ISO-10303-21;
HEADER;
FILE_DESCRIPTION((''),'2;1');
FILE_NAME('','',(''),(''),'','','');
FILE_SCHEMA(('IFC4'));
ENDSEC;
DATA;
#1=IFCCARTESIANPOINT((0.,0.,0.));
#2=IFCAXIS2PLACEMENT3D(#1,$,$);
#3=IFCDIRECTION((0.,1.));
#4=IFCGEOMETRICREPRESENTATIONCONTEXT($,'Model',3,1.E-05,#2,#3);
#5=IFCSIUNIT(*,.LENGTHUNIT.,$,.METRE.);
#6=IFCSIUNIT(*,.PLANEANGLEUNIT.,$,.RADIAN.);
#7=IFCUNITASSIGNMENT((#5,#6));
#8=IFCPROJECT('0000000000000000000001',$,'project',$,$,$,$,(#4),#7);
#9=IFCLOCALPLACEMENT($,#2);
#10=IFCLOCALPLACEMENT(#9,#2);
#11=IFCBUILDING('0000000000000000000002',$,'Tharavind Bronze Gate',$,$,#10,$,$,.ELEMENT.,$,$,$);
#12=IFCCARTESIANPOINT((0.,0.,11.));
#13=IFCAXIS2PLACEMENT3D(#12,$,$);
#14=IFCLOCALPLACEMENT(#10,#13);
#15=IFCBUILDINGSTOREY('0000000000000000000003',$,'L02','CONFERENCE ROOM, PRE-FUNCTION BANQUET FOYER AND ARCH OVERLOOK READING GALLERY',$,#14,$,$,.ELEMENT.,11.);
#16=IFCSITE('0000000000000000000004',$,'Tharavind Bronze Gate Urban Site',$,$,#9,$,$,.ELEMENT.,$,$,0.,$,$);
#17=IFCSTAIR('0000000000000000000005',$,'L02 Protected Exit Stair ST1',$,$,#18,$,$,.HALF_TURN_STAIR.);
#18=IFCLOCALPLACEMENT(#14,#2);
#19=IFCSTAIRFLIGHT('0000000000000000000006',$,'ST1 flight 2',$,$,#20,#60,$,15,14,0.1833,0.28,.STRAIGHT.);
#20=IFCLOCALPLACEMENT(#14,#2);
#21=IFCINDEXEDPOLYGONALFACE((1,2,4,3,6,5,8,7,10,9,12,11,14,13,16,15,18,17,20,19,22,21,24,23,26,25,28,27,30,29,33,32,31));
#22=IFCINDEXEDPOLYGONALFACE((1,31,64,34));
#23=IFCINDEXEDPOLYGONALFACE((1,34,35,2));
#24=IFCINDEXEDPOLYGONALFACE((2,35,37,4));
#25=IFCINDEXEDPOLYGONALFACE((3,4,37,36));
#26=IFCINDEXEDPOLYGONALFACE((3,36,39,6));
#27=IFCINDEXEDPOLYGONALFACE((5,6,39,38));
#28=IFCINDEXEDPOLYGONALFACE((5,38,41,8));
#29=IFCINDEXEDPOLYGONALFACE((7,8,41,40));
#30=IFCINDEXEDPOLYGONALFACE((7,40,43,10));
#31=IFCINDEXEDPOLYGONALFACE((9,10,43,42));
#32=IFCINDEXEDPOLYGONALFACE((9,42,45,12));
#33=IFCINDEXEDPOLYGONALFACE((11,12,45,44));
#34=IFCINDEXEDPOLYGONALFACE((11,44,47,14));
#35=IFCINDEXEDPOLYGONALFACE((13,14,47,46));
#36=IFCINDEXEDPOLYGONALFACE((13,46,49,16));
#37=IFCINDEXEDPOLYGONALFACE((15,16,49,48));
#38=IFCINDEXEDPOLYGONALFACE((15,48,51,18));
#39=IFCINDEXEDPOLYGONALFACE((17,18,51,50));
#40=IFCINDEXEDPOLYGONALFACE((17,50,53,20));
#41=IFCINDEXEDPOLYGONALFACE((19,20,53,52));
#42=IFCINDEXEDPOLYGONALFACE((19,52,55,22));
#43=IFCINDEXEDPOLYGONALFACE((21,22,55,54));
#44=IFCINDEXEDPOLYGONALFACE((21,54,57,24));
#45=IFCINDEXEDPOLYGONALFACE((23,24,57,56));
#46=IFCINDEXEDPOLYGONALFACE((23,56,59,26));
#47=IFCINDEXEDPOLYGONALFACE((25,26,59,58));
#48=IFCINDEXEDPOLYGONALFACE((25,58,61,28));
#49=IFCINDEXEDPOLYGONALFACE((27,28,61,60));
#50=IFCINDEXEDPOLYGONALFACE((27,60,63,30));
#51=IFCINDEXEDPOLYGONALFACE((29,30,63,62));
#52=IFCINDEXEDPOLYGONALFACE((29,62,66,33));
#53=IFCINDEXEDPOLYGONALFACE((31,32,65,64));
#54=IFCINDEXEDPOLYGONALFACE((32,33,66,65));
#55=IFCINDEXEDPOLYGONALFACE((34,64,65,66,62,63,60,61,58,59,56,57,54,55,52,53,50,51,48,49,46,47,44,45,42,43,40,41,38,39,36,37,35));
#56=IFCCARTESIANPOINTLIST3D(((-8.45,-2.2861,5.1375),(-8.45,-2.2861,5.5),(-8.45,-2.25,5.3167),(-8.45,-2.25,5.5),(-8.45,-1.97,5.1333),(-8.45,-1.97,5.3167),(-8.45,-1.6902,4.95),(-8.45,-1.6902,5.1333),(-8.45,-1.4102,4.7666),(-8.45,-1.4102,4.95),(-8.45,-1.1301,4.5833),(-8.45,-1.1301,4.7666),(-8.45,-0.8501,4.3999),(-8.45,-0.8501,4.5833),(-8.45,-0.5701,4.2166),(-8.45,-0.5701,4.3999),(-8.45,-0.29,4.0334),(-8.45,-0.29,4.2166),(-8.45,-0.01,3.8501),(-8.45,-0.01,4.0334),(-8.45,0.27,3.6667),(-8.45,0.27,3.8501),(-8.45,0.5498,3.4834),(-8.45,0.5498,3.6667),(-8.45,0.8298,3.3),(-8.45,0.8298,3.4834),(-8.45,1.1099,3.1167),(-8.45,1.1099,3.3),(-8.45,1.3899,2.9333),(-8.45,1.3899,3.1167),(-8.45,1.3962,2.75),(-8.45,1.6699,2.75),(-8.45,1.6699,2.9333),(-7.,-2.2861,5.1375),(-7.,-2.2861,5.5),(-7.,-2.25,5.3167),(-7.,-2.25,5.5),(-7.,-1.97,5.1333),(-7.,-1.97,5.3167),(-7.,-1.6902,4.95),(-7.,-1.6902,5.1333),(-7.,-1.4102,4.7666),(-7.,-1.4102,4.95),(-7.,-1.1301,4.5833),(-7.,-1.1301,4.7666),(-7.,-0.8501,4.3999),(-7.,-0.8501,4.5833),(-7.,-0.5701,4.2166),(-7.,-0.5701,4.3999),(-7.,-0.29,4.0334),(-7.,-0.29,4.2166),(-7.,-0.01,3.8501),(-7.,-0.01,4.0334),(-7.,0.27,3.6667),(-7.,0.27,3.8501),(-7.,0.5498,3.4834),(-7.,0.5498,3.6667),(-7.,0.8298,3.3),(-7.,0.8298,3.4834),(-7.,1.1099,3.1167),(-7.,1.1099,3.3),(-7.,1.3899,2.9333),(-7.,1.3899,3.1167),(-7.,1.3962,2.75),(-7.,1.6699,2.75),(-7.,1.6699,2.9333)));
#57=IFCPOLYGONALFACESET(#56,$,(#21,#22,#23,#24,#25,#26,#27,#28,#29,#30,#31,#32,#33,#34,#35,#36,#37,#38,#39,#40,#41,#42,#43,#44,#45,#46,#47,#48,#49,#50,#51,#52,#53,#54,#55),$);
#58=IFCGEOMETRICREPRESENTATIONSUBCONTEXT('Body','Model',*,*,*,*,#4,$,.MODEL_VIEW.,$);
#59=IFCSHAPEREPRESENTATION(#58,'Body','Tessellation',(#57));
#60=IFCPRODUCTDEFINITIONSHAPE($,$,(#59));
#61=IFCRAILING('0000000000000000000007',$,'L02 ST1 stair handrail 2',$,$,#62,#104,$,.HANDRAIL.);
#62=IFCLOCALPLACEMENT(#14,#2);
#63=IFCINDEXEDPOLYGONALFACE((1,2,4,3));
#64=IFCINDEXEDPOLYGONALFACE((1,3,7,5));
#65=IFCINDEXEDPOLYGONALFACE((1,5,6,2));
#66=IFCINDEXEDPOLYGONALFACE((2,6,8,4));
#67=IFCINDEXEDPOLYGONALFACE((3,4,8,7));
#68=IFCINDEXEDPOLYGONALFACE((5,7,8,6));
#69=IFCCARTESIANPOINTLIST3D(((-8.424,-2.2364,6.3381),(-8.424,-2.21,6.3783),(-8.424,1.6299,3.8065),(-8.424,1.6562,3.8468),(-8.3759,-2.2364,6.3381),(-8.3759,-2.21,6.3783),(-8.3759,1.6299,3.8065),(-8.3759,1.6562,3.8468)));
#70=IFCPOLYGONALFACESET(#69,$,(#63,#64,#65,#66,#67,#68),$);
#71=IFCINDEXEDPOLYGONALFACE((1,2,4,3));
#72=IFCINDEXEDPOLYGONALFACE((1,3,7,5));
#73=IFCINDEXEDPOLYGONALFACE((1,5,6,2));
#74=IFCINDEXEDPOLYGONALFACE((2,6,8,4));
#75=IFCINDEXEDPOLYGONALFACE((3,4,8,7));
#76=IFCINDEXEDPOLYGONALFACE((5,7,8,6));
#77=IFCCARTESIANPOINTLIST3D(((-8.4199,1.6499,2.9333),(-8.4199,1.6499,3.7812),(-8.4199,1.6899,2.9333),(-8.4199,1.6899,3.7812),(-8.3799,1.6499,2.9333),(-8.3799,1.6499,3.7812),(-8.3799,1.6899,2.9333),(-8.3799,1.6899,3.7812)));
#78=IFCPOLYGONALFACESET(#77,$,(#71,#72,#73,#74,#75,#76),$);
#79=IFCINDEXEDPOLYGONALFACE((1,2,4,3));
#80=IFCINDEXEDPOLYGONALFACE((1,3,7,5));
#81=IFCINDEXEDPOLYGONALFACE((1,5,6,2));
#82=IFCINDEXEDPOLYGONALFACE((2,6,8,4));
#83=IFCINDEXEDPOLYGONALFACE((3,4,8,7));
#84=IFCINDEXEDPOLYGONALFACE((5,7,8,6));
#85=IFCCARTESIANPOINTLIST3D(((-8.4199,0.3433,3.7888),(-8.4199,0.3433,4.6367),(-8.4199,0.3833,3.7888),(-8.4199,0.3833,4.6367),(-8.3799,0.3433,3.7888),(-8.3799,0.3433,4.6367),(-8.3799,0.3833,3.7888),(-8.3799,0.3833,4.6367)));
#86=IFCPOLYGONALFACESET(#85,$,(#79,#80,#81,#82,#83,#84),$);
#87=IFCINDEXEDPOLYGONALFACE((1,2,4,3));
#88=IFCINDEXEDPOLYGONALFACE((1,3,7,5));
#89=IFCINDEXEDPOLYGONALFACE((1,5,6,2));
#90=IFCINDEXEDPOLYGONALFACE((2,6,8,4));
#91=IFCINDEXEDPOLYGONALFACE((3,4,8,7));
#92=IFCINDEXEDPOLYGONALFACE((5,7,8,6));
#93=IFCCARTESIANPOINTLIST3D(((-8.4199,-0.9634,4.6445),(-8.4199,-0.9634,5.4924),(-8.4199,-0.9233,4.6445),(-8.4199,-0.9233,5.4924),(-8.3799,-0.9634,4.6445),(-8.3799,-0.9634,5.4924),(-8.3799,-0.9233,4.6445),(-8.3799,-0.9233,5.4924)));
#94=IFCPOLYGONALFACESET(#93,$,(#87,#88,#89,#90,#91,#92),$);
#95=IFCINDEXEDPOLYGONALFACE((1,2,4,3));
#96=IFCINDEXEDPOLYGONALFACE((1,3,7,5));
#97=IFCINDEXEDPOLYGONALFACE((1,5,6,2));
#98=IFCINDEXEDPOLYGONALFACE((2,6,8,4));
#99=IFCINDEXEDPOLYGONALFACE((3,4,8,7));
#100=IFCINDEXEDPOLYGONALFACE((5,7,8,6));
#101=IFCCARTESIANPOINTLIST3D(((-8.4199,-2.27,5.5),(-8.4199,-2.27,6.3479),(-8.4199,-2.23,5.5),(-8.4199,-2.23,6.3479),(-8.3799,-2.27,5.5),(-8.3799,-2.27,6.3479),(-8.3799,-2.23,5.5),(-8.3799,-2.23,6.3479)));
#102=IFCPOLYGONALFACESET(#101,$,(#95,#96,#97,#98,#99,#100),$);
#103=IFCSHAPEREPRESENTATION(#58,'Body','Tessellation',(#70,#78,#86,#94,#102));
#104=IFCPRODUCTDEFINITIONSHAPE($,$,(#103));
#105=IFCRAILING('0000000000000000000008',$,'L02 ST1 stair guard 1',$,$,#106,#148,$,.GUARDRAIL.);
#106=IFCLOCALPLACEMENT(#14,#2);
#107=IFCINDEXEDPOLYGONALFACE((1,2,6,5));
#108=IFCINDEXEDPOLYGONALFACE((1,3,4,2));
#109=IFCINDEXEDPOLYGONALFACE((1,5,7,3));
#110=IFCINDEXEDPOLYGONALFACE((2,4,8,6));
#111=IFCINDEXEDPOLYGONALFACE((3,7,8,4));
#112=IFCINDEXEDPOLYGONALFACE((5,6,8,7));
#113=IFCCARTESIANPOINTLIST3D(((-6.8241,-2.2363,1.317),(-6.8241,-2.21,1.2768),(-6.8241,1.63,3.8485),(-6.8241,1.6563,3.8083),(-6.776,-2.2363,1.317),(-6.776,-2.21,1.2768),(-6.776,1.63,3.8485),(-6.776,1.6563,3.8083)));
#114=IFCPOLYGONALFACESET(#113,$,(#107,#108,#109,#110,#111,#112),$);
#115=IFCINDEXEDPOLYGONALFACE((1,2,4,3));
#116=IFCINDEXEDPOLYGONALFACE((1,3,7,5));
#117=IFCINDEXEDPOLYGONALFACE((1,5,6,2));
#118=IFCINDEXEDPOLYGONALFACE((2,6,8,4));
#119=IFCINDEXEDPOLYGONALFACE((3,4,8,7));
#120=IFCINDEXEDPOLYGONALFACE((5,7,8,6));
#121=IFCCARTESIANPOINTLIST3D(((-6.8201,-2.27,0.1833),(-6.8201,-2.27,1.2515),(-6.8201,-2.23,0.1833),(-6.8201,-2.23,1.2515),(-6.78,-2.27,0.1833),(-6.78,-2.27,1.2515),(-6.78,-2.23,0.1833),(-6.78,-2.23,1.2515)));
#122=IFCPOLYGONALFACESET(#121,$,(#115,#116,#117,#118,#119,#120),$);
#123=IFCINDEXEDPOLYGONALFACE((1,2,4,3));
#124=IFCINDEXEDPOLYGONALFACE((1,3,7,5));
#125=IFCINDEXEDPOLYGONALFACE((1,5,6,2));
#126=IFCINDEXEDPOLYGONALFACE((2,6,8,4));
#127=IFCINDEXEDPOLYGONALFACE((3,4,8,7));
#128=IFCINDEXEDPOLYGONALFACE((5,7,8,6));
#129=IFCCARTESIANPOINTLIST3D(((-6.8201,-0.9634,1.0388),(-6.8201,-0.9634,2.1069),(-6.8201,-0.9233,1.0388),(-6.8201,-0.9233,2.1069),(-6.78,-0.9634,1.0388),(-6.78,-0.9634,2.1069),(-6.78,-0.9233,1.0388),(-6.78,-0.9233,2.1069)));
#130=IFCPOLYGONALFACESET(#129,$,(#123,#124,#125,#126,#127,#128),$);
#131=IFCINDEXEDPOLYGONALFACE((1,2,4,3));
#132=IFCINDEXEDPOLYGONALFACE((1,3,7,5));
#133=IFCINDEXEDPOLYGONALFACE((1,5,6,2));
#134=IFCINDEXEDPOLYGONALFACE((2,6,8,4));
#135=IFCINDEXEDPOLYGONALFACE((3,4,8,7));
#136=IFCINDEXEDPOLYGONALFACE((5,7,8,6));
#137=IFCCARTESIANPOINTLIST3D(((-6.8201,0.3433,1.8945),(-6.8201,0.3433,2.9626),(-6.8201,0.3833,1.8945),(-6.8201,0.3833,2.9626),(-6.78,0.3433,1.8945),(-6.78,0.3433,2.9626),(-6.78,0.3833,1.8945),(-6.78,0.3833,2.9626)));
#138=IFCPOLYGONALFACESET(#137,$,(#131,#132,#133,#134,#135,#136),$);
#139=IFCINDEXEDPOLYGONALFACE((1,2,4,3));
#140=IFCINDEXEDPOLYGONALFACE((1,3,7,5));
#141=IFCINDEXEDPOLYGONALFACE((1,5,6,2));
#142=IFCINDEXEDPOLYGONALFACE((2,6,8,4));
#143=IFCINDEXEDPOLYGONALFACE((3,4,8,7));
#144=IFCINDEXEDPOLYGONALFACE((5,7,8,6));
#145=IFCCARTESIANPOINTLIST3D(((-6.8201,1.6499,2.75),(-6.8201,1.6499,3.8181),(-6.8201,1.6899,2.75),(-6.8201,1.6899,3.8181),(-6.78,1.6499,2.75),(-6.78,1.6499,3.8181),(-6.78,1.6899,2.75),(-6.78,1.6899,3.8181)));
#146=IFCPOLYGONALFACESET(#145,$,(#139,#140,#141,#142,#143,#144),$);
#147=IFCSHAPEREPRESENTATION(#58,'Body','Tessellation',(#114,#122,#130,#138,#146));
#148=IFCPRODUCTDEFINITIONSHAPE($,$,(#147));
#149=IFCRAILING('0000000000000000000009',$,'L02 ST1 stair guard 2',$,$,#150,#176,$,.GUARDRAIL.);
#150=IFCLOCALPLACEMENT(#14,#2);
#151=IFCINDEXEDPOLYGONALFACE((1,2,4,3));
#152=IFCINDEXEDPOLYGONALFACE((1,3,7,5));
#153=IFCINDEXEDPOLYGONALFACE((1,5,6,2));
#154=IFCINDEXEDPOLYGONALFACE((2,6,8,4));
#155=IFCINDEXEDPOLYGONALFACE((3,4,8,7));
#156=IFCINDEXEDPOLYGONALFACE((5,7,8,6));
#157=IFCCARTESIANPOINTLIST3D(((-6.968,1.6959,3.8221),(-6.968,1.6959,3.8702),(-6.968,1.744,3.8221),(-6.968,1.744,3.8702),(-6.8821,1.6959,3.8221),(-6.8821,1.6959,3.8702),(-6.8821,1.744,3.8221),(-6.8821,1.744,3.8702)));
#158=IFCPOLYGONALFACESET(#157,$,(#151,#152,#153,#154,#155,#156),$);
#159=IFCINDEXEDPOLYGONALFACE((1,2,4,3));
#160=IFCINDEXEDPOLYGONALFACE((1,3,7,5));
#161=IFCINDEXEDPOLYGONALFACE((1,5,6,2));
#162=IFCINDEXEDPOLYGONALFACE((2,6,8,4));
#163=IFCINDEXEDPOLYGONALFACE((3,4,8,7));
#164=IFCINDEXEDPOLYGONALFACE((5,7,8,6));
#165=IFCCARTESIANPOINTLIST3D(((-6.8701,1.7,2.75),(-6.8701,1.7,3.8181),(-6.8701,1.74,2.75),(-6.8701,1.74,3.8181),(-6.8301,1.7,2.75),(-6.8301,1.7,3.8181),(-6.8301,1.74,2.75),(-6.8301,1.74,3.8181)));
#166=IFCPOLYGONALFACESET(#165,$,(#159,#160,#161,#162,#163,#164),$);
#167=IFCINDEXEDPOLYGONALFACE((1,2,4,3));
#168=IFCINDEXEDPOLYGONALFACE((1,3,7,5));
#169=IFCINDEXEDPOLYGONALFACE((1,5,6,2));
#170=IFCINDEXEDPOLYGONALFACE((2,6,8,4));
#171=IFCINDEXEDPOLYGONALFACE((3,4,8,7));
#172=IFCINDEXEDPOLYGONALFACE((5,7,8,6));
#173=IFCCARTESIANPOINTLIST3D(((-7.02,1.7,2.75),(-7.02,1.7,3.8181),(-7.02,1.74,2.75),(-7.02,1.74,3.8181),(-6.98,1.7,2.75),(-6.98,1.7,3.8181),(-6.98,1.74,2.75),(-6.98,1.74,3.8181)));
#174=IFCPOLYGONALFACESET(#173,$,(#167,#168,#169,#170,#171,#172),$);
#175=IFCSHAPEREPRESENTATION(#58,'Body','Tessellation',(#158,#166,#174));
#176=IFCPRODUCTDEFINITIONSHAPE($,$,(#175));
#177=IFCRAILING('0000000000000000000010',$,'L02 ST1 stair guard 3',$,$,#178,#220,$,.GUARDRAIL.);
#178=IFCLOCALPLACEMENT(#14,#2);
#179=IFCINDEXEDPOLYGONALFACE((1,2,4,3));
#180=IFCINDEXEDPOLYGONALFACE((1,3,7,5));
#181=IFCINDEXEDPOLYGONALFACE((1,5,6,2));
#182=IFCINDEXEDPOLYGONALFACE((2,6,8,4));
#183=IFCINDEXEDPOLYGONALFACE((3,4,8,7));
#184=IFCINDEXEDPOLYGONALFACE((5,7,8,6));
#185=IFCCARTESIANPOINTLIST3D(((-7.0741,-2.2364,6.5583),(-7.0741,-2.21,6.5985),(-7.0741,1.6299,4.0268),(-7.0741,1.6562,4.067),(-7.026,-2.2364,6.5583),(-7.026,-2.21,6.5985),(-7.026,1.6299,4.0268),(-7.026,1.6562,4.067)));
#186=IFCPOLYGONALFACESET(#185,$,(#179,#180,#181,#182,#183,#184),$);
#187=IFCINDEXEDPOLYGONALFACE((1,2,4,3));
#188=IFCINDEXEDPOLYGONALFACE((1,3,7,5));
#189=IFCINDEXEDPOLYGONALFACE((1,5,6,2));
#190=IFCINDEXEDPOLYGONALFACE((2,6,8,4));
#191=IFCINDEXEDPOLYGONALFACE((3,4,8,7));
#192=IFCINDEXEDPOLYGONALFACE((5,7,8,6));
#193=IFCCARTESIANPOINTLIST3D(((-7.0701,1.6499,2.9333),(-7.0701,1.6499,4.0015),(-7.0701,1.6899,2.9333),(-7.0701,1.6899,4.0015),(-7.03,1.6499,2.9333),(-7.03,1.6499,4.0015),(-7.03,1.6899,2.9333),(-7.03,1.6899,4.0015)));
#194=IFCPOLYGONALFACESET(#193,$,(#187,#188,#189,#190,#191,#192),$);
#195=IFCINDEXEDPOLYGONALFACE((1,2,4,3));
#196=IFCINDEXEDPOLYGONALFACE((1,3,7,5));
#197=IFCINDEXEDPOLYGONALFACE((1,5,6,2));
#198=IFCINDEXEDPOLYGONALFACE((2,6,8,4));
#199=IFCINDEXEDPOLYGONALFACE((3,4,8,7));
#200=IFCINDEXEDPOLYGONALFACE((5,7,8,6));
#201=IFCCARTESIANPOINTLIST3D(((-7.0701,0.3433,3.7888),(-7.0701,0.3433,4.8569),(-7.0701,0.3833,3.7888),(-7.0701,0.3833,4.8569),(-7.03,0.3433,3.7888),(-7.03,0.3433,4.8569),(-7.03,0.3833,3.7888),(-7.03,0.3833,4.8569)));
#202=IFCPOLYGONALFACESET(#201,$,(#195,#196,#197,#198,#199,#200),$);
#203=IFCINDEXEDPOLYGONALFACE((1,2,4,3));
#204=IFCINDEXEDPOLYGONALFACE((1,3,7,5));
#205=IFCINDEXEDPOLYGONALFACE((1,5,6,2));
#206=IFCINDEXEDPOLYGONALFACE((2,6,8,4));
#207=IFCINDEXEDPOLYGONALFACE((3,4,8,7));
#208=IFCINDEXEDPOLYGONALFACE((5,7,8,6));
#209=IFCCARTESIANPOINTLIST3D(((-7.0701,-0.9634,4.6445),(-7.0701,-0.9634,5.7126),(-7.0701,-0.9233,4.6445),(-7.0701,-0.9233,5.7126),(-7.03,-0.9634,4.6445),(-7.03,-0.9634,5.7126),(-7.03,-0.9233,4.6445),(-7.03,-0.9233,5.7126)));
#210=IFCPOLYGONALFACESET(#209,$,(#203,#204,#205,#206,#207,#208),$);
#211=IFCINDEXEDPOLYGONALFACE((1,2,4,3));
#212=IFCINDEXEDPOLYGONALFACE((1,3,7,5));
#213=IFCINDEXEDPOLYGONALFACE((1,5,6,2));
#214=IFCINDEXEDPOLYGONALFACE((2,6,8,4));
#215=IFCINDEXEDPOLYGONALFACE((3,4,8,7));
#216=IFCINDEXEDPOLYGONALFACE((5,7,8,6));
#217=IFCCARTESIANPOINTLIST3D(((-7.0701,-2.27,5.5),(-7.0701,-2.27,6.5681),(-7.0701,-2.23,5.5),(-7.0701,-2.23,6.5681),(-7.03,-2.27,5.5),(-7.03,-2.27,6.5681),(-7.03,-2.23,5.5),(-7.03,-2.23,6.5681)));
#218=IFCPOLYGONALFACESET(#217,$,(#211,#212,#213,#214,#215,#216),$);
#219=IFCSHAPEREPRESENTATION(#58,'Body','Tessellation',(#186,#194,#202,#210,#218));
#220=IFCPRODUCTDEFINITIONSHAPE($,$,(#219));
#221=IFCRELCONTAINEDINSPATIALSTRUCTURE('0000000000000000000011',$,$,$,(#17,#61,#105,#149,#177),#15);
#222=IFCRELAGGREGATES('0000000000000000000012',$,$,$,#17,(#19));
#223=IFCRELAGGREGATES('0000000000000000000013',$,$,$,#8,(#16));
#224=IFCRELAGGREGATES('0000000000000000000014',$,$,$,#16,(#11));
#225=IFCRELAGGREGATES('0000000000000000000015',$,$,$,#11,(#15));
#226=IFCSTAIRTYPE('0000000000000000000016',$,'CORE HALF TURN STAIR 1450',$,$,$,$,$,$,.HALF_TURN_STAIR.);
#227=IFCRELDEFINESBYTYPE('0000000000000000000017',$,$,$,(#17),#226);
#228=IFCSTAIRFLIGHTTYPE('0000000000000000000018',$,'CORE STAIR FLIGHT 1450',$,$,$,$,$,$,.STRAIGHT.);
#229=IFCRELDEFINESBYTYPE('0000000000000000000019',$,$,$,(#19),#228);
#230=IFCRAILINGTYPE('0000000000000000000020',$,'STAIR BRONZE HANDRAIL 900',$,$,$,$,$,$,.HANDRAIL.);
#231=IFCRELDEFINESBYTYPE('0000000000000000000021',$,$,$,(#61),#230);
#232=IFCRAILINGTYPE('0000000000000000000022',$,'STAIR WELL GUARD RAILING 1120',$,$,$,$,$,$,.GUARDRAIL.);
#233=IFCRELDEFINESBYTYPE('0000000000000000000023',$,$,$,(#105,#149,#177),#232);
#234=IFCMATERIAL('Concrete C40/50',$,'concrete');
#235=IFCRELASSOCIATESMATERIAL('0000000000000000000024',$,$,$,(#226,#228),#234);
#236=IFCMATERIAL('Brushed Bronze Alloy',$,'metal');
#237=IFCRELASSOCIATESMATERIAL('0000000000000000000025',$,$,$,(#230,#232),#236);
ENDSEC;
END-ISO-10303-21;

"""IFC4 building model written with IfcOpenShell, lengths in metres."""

from ifc_helpers import new_model, si_unit, direction, frame, origin, origin_2d, place, context, subcontext, project, spatial, polyline, rectangle, outline, extrude, material, type_object, element, aggregate, save


model = new_model("IFC4")

# Units and contexts
model_context = context("Model", 3, precision=1e-05, world=origin(), true_north=direction((0.0, 1.0)))
body_context = subcontext(model_context, "Body", "Model", "MODEL_VIEW")
ifc_project = project(units=[si_unit("LENGTHUNIT", "METRE"), si_unit("PLANEANGLEUNIT", "RADIAN")], contexts=[model_context])

# Site, building, storey
site_placement = place(None, origin())
site = spatial("IfcSite", under=ifc_project, at=site_placement, Name="Tharavind Bronze Gate Urban Site", CompositionType="ELEMENT", RefElevation=0.0)
building_placement = place(site_placement, origin())
building = spatial("IfcBuilding", under=site, at=building_placement, Name="Tharavind Bronze Gate", CompositionType="ELEMENT")
storey_placement = place(building_placement, frame((0.0, 0.0, 11.0)))
storey = spatial("IfcBuildingStorey", under=building, at=storey_placement, Name="L02", Description="CONFERENCE ROOM, PRE-FUNCTION BANQUET FOYER AND ARCH OVERLOOK READING GALLERY", CompositionType="ELEMENT", Elevation=11.0)

# Stair, stair flight
ifc_material_1 = material(Name="Concrete C40/50", Category="concrete")
stair_type = type_object("IfcStairType", Name="CORE HALF TURN STAIR 1450", PredefinedType="HALF_TURN_STAIR", material=ifc_material_1)
stair_placement = place(storey_placement, origin())
stair = element("IfcStair", 1, at=stair_placement, inside=storey, type_object=stair_type, Name="L02 Protected Exit Stair ST1", PredefinedType="HALF_TURN_STAIR")
stair_flight_type = type_object("IfcStairFlightType", Name="CORE STAIR FLIGHT 1450", PredefinedType="STRAIGHT", material=ifc_material_1)
stair_flight_placement = place(storey_placement, frame((-7.7251, 1.6699, 2.75), z_axis=(0.0, 0.0, 1.0), x_axis=(0.0, -1.0, 0.0)))
stair_flight = element("IfcStairFlight", 2, at=stair_flight_placement, type_object=stair_flight_type, Name="ST1 flight 2", NumberOfRisers=15, NumberOfTreads=14, PredefinedType="STRAIGHT", RiserHeight=0.1833, TreadLength=0.28, context=body_context, shape_type="SweptSolid", body=[
    extrude(outline(polyline([(0.0, 0.0), (0.0, 0.1833), (0.28, 0.1833), (0.28, 0.3667), (0.5601, 0.3667), (0.5601, 0.55), (0.8401, 0.55), (0.8401, 0.7334), (1.1201, 0.7334), (1.1201, 0.9167), (1.3999, 0.9167), (1.3999, 1.1001), (1.6799, 1.1001), (1.6799, 1.2834), (1.96, 1.2834), (1.96, 1.4666), (2.24, 1.4666), (2.24, 1.6499), (2.52, 1.6499), (2.52, 1.8333), (2.8, 1.8333), (2.8, 2.0166), (3.0801, 2.0166), (3.0801, 2.2), (3.3601, 2.2), (3.3601, 2.3833), (3.6399, 2.3833), (3.6399, 2.5667), (3.9199, 2.5667), (3.9199, 2.75), (3.9561, 2.75), (3.9561, 2.3875), (0.2737, 0.0), (0.0, 0.0)])), frame((0.0, 0.7251, 0.0), z_axis=(0.0, -1.0, 0.0), x_axis=(1.0, 0.0, 0.0)), (0.0, 0.0, 1.0), 1.45),
])
aggregate(stair, [stair_flight])

# Railings
ifc_material_2 = material(Name="Brushed Bronze Alloy", Category="metal")
railing_type_1 = type_object("IfcRailingType", Name="STAIR BRONZE HANDRAIL 900", PredefinedType="HANDRAIL", material=ifc_material_2)
railing_1_placement = place(storey_placement, frame((-8.3999, 1.6699, 2.9333)))
element("IfcRailing", 3, at=railing_1_placement, inside=storey, type_object=railing_type_1, Name="L02 ST1 stair handrail 2", PredefinedType="HANDRAIL", context=body_context, shape_type="SweptSolid", body=[
    extrude(rectangle(XDim=0.0481, YDim=0.0481, at=origin_2d()), frame((0.0, -0.0269, 0.8933), z_axis=(0.0, -0.836615, 0.547791), x_axis=(1.0, 0.0, 0.0)), (0.0, 0.0, 1.0), 4.6213),
    extrude(rectangle(XDim=0.04, YDim=0.04, at=origin_2d()), origin(), (0.0, 0.0, 1.0), 0.8479),
    extrude(rectangle(XDim=0.04, YDim=0.04, at=origin_2d()), frame((0.0, -1.3066, 0.8555)), (0.0, 0.0, 1.0), 0.8479),
    extrude(rectangle(XDim=0.04, YDim=0.04, at=origin_2d()), frame((0.0, -2.6133, 1.7112)), (0.0, 0.0, 1.0), 0.8479),
    extrude(rectangle(XDim=0.04, YDim=0.04, at=origin_2d()), frame((0.0, -3.9199, 2.5667)), (0.0, 0.0, 1.0), 0.8479),
])
railing_type_2 = type_object("IfcRailingType", Name="STAIR WELL GUARD RAILING 1120", PredefinedType="GUARDRAIL", material=ifc_material_2)
railing_2_placement = place(storey_placement, frame((-6.8, -2.25, 0.1833)))
element("IfcRailing", 4, at=railing_2_placement, inside=storey, type_object=railing_type_2, Name="L02 ST1 stair guard 1", PredefinedType="GUARDRAIL", context=body_context, shape_type="SweptSolid", body=[
    extrude(rectangle(XDim=0.0481, YDim=0.0481, at=origin_2d()), frame((0.0, 0.0269, 1.1135), z_axis=(0.0, 0.836615, 0.547791), x_axis=(-1.0, 0.0, 0.0)), (0.0, 0.0, 1.0), 4.6213),
    extrude(rectangle(XDim=0.04, YDim=0.04, at=origin_2d()), origin(), (0.0, 0.0, 1.0), 1.0681),
    extrude(rectangle(XDim=0.04, YDim=0.04, at=origin_2d()), frame((0.0, 1.3066, 0.8555)), (0.0, 0.0, 1.0), 1.0681),
    extrude(rectangle(XDim=0.04, YDim=0.04, at=origin_2d()), frame((0.0, 2.6133, 1.7112)), (0.0, 0.0, 1.0), 1.0681),
    extrude(rectangle(XDim=0.04, YDim=0.04, at=origin_2d()), frame((0.0, 3.9199, 2.5667)), (0.0, 0.0, 1.0), 1.0681),
])
railing_3_placement = place(storey_placement, frame((-6.8501, 1.72, 2.75)))
element("IfcRailing", 5, at=railing_3_placement, inside=storey, type_object=railing_type_2, Name="L02 ST1 stair guard 2", PredefinedType="GUARDRAIL", context=body_context, shape_type="SweptSolid", body=[
    extrude(rectangle(XDim=0.0481, YDim=0.0481, at=origin_2d()), frame((-0.032, 0.0, 1.0962), z_axis=(-1.0, 0.0, 0.0), x_axis=(0.0, -1.0, 0.0)), (0.0, 0.0, 1.0), 0.0859),
    extrude(rectangle(XDim=0.04, YDim=0.04, at=origin_2d()), origin(), (0.0, 0.0, 1.0), 1.0681),
    extrude(rectangle(XDim=0.04, YDim=0.04, at=origin_2d()), frame((-0.1499, 0.0, 0.0)), (0.0, 0.0, 1.0), 1.0681),
])
railing_4_placement = place(storey_placement, frame((-7.05, 1.6699, 2.9333)))
element("IfcRailing", 6, at=railing_4_placement, inside=storey, type_object=railing_type_2, Name="L02 ST1 stair guard 3", PredefinedType="GUARDRAIL", context=body_context, shape_type="SweptSolid", body=[
    extrude(rectangle(XDim=0.0481, YDim=0.0481, at=origin_2d()), frame((0.0, -0.0269, 1.1135), z_axis=(0.0, -0.836615, 0.547791), x_axis=(1.0, 0.0, 0.0)), (0.0, 0.0, 1.0), 4.6213),
    extrude(rectangle(XDim=0.04, YDim=0.04, at=origin_2d()), origin(), (0.0, 0.0, 1.0), 1.0681),
    extrude(rectangle(XDim=0.04, YDim=0.04, at=origin_2d()), frame((0.0, -1.3066, 0.8555)), (0.0, 0.0, 1.0), 1.0681),
    extrude(rectangle(XDim=0.04, YDim=0.04, at=origin_2d()), frame((0.0, -2.6133, 1.7112)), (0.0, 0.0, 1.0), 1.0681),
    extrude(rectangle(XDim=0.04, YDim=0.04, at=origin_2d()), frame((0.0, -3.9199, 2.5667)), (0.0, 0.0, 1.0), 1.0681),
])

save(model, "model.ifc")
